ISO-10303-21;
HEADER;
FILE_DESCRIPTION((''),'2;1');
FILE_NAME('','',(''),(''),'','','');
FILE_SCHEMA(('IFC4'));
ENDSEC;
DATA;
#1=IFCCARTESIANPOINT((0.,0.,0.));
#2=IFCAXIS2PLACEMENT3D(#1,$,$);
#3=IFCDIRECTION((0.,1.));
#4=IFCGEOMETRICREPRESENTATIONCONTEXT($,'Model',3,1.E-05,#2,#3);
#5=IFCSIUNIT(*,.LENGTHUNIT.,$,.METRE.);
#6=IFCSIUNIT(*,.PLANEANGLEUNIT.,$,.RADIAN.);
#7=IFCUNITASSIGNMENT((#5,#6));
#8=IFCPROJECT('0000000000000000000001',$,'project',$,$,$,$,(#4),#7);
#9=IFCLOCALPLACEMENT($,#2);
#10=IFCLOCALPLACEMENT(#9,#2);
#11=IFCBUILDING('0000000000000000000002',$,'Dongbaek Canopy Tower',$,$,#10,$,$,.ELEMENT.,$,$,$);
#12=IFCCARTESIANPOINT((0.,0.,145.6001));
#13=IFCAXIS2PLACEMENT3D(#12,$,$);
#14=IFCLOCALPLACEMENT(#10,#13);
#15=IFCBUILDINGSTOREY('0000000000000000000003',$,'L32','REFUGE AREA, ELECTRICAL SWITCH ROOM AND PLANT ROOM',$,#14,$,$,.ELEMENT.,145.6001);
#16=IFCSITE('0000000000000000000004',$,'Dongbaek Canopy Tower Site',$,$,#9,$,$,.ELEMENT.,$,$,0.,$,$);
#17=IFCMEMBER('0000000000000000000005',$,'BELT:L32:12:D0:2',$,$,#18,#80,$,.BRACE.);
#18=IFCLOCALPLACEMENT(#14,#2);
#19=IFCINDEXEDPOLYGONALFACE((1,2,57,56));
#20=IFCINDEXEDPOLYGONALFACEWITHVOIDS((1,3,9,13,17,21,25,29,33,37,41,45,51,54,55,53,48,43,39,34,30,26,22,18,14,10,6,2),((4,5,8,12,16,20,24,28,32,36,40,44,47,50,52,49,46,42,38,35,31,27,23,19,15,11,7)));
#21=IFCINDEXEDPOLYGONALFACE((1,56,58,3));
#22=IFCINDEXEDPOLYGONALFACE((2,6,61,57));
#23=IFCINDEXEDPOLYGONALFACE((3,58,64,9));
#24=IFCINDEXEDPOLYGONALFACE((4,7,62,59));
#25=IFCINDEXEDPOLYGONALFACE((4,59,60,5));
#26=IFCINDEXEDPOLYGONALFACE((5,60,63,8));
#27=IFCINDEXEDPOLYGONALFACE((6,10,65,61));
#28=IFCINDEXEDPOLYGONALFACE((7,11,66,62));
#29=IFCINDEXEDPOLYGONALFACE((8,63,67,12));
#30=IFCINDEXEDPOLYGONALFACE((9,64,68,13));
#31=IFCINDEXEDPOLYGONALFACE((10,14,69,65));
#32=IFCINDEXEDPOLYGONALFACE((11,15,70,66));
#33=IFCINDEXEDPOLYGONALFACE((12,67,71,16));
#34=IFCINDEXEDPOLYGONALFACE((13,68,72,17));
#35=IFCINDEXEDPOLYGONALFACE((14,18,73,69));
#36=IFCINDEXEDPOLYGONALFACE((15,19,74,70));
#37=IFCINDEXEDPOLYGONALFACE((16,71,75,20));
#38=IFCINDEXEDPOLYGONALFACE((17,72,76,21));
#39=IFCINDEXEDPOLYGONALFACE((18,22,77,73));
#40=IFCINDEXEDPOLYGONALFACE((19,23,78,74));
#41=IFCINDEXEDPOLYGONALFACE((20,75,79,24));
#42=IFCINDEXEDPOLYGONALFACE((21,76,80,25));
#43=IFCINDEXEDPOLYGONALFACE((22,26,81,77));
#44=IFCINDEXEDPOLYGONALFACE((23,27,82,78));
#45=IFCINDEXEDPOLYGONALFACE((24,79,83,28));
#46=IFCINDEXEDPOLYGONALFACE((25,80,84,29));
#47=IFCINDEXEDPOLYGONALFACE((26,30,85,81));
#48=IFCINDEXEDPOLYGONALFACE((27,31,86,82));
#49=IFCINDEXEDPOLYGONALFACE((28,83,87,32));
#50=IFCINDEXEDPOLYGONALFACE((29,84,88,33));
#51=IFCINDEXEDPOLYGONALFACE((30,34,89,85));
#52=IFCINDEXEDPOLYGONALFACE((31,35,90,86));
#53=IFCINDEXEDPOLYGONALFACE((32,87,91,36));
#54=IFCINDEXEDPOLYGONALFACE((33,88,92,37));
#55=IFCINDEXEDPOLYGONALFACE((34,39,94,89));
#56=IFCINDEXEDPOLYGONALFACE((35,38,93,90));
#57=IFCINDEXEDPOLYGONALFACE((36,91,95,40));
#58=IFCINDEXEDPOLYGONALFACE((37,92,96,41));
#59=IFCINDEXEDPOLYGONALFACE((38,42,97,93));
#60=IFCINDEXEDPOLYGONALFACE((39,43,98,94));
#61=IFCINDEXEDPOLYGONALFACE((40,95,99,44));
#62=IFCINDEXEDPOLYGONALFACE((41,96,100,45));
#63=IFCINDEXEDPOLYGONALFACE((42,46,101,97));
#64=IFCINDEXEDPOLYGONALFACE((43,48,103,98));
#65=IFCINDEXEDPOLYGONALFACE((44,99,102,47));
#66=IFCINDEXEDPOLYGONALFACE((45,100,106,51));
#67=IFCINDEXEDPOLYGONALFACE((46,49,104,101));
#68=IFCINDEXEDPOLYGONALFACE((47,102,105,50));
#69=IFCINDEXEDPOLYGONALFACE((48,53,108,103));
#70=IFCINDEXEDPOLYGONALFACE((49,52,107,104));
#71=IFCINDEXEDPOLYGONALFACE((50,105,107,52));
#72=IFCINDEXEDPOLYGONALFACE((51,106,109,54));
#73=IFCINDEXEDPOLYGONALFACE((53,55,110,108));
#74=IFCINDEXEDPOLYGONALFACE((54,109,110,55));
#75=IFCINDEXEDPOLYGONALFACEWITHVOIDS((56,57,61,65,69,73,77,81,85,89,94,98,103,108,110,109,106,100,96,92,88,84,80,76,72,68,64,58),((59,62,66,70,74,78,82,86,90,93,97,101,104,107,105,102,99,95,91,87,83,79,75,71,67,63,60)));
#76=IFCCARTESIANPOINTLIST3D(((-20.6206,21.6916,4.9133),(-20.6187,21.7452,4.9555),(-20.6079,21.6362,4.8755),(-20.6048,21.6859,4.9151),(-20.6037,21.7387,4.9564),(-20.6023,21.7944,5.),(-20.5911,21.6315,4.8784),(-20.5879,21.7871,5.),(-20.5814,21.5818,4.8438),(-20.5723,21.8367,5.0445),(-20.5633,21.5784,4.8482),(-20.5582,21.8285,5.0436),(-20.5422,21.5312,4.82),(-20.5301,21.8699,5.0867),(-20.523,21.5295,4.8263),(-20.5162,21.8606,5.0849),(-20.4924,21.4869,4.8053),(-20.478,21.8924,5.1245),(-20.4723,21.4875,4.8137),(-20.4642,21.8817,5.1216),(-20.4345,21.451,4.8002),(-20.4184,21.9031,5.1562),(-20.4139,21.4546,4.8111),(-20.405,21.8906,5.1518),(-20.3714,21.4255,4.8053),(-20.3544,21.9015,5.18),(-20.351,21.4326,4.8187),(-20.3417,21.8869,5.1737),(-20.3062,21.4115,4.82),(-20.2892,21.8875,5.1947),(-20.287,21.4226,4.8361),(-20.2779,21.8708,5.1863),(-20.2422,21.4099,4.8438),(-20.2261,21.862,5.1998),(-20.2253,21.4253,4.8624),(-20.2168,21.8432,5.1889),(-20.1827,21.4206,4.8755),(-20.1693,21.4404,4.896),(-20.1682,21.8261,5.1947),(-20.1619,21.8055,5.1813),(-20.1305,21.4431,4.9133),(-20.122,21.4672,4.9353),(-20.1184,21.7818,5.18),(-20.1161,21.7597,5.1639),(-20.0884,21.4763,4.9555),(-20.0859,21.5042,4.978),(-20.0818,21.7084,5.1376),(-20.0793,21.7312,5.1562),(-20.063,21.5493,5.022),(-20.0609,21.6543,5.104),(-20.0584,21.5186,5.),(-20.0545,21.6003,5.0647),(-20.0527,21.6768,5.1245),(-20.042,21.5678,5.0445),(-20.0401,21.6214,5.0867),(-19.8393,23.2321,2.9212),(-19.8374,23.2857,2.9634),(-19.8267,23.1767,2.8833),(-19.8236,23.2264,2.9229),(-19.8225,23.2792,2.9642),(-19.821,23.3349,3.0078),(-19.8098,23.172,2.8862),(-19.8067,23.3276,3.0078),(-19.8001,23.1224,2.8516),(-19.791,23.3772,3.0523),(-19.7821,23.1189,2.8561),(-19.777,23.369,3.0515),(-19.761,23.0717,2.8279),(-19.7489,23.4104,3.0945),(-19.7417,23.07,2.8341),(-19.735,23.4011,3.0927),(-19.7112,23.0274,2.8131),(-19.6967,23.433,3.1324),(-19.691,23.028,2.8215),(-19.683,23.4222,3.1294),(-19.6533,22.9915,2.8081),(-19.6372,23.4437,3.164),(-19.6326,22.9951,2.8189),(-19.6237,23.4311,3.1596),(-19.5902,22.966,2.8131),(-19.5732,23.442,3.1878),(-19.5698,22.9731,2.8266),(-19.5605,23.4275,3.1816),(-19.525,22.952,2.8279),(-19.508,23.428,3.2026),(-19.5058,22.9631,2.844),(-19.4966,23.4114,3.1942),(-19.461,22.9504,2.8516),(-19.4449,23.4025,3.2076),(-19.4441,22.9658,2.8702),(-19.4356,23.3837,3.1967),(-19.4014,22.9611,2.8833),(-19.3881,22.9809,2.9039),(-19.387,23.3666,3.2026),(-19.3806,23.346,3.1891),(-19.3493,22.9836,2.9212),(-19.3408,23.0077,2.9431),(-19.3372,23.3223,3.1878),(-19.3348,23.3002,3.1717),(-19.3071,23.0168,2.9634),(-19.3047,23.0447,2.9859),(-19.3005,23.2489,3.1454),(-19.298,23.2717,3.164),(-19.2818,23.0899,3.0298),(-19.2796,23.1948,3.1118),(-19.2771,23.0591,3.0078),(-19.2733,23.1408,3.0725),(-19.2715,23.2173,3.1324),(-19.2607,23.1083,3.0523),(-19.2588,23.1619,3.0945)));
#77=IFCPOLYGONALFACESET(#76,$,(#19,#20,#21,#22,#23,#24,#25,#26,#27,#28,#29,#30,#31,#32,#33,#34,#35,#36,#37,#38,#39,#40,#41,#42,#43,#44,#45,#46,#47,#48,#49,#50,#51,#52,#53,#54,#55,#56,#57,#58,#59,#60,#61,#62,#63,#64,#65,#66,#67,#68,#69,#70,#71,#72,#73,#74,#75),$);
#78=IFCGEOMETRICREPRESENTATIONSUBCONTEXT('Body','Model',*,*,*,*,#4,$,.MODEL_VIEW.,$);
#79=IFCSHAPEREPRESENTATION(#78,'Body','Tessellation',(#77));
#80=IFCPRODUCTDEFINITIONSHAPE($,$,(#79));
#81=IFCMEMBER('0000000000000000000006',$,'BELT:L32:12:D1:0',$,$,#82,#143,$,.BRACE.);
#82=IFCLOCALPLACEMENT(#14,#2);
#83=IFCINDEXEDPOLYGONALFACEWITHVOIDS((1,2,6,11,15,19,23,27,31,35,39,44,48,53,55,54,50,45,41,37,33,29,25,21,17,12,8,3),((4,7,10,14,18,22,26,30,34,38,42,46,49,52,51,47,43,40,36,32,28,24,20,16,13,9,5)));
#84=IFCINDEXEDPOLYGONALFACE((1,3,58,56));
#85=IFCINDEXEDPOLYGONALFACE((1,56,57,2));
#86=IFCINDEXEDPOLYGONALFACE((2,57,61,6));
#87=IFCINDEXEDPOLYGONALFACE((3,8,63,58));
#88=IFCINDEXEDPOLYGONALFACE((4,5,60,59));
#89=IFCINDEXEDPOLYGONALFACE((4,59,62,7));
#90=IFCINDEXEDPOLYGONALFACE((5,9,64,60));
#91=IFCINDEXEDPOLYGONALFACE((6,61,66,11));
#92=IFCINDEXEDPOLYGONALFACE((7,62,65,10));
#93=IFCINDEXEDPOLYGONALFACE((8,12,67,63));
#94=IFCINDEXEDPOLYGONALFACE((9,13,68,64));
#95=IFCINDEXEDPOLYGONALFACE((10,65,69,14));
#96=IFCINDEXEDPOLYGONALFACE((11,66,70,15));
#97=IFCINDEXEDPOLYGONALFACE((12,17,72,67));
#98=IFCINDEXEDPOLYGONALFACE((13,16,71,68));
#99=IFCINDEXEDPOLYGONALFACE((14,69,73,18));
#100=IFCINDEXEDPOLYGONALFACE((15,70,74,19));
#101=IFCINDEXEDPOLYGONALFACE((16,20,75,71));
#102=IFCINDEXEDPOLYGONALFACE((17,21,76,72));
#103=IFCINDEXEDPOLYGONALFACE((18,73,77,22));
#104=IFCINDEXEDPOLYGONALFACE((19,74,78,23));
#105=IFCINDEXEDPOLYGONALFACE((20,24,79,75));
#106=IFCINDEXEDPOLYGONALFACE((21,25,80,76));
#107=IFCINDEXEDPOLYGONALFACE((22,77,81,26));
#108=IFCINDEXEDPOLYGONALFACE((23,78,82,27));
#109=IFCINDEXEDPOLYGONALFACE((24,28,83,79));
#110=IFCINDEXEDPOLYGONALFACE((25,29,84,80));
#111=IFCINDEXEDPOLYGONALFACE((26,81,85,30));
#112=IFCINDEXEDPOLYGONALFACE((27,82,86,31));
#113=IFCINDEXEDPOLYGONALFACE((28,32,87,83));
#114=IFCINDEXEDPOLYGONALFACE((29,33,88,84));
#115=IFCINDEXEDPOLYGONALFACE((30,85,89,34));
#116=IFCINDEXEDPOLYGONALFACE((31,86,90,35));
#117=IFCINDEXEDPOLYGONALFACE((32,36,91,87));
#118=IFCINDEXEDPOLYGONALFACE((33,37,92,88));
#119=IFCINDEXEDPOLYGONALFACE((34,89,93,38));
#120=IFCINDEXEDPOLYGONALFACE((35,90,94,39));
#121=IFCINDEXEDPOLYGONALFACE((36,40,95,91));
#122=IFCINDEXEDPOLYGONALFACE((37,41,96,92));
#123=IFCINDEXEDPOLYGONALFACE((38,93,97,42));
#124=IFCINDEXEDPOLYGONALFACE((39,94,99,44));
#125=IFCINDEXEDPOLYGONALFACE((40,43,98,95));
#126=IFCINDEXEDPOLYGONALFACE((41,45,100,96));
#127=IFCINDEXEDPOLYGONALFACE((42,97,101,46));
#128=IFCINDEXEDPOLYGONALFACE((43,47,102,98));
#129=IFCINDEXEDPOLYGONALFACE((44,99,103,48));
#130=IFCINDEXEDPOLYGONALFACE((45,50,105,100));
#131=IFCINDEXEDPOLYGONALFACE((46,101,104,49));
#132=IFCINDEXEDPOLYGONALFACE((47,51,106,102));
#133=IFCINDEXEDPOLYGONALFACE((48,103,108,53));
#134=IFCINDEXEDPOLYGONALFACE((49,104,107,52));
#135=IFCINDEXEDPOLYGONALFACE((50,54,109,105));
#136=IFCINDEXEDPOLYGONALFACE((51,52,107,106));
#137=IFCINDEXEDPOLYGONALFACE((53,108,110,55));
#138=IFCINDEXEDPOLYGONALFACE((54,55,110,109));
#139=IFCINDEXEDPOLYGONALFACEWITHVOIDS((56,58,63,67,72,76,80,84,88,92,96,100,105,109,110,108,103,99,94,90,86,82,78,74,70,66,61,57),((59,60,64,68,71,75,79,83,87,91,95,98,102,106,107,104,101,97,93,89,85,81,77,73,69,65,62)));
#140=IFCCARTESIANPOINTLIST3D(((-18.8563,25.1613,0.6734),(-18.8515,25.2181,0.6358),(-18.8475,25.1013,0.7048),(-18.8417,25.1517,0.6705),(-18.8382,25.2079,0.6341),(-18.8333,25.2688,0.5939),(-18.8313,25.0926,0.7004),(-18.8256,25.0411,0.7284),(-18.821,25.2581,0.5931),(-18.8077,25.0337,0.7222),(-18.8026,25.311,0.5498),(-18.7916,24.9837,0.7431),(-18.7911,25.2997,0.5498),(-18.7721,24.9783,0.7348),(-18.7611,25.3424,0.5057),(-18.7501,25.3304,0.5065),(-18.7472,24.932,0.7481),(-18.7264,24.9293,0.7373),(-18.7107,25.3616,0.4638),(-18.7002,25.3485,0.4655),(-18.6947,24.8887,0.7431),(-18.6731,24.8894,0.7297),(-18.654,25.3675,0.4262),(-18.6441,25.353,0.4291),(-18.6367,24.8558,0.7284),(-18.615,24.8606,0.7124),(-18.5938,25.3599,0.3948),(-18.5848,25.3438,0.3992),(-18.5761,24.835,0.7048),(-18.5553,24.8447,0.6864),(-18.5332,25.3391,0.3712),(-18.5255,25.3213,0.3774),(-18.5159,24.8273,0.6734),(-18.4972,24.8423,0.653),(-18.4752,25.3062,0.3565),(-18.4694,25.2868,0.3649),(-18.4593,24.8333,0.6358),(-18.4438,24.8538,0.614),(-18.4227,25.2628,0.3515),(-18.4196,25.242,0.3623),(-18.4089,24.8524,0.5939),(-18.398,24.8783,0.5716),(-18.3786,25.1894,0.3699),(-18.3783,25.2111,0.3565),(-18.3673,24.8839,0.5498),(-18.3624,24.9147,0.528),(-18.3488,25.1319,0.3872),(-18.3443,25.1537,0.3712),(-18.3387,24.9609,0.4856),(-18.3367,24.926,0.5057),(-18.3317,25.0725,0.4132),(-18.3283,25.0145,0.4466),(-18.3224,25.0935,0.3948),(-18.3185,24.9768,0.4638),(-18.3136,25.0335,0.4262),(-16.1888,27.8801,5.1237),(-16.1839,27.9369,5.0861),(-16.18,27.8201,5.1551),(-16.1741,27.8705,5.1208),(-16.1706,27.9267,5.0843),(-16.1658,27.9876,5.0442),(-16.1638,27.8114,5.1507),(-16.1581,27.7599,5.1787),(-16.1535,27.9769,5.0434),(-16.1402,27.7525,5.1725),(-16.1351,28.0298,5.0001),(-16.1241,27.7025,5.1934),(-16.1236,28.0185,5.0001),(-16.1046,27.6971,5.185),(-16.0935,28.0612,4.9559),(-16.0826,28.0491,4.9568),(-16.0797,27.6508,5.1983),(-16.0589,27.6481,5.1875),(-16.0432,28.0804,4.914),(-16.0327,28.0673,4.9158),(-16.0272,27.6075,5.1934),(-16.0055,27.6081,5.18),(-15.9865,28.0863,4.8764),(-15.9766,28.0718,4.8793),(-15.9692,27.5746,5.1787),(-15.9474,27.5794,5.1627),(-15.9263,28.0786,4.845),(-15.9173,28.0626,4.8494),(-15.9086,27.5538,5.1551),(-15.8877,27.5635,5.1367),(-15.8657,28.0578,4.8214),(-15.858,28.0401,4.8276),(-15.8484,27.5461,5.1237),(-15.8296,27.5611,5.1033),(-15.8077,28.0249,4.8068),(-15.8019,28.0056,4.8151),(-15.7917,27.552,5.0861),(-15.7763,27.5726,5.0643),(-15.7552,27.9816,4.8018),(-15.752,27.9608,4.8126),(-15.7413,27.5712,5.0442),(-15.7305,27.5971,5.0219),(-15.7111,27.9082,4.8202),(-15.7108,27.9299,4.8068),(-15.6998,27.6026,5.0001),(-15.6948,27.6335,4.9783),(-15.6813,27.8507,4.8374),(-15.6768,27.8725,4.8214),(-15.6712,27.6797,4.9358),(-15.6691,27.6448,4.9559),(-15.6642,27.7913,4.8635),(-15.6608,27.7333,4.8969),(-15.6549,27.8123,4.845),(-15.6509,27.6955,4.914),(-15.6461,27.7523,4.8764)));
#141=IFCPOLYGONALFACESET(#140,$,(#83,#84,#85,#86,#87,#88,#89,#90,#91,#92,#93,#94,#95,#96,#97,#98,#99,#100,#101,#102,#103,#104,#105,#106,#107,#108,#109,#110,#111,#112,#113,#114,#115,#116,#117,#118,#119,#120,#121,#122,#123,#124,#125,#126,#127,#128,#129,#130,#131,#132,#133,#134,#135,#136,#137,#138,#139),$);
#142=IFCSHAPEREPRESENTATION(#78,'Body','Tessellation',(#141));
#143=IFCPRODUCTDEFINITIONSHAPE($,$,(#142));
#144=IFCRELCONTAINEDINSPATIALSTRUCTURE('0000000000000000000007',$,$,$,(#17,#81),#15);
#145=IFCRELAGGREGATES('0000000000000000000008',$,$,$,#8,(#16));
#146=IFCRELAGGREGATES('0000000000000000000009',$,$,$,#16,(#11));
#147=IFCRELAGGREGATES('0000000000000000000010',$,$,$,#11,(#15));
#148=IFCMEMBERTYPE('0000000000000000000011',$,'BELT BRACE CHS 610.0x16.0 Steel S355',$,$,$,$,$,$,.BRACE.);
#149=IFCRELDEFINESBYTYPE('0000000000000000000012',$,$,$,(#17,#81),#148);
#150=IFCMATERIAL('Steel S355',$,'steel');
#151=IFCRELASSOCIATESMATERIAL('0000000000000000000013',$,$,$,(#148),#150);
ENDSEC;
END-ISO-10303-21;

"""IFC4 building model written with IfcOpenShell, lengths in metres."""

from ifc_helpers import new_model, si_unit, direction, frame, origin, origin_2d, place, context, subcontext, project, spatial, hollow_circle, extrude, material, material_profile, profile_set, type_object, element, save


model = new_model("IFC4")

# Units and contexts
model_context = context("Model", 3, precision=1e-05, world=origin(), true_north=direction((0.0, 1.0)))
body_context = subcontext(model_context, "Body", "Model", "MODEL_VIEW")
ifc_project = project(units=[si_unit("LENGTHUNIT", "METRE"), si_unit("PLANEANGLEUNIT", "RADIAN")], contexts=[model_context])

# Site, building, storey
site_placement = place(None, origin())
site = spatial("IfcSite", under=ifc_project, at=site_placement, Name="Dongbaek Canopy Tower Site", CompositionType="ELEMENT", RefElevation=0.0)
building_placement = place(site_placement, origin())
building = spatial("IfcBuilding", under=site, at=building_placement, Name="Dongbaek Canopy Tower", CompositionType="ELEMENT")
storey_placement = place(building_placement, frame((0.0, 0.0, 145.6001)))
storey = spatial("IfcBuildingStorey", under=building, at=storey_placement, Name="L32", Description="REFUGE AREA, ELECTRICAL SWITCH ROOM AND PLANT ROOM", CompositionType="ELEMENT", Elevation=145.6001)

# Members
ifc_material_1 = material(Name="Steel S355", Category="steel")
ifc_material_profile_1 = material_profile(ifc_material_1, hollow_circle(Radius=0.3049, WallThickness=0.0161, at=origin_2d()), Name="BELT BRACE CHS 610.0x16.0 Steel S355")
ifc_profile_set_1 = profile_set([ifc_material_profile_1], Name="Steel S355")
member_type_1 = type_object("IfcMemberType", Name="BELT BRACE CHS 610.0x16.0 Steel S355", PredefinedType="BRACE", material=ifc_profile_set_1)
for number, where, z_axis, x_axis, name in (
    (1, (-20.3303, 21.6565, 5.0), (0.296294, 0.584255, -0.75555), (-0.891869, 0.452295, 0.0), "BELT:L32:12:D0:2"),
):
    element("IfcMember", number, at=place(storey_placement, frame(where, z_axis=z_axis, x_axis=x_axis)), inside=storey, type_object=member_type_1, Name=name, PredefinedType="BRACE", context=body_context, shape_type="SweptSolid", body=[
        extrude(hollow_circle(Radius=0.3049, WallThickness=0.0161, at=origin_2d()), origin(), (0.0, 0.0, 1.0), 2.6367),
    ])
member_1_placement = place(storey_placement, frame((-18.585, 25.0974, 0.5498), z_axis=(0.455389, 0.464142, 0.759732), x_axis=(-0.713805, 0.700344, 0.0)))
element("IfcMember", 2, at=member_1_placement, inside=storey, type_object=member_type_1, Name="BELT:L32:12:D1:0", PredefinedType="BRACE", context=body_context, shape_type="SweptSolid", body=[
    extrude(hollow_circle(Radius=0.3049, WallThickness=0.0161, at=origin_2d()), origin(), (0.0, 0.0, 1.0), 5.8577),
])

save(model, "model.ifc")
